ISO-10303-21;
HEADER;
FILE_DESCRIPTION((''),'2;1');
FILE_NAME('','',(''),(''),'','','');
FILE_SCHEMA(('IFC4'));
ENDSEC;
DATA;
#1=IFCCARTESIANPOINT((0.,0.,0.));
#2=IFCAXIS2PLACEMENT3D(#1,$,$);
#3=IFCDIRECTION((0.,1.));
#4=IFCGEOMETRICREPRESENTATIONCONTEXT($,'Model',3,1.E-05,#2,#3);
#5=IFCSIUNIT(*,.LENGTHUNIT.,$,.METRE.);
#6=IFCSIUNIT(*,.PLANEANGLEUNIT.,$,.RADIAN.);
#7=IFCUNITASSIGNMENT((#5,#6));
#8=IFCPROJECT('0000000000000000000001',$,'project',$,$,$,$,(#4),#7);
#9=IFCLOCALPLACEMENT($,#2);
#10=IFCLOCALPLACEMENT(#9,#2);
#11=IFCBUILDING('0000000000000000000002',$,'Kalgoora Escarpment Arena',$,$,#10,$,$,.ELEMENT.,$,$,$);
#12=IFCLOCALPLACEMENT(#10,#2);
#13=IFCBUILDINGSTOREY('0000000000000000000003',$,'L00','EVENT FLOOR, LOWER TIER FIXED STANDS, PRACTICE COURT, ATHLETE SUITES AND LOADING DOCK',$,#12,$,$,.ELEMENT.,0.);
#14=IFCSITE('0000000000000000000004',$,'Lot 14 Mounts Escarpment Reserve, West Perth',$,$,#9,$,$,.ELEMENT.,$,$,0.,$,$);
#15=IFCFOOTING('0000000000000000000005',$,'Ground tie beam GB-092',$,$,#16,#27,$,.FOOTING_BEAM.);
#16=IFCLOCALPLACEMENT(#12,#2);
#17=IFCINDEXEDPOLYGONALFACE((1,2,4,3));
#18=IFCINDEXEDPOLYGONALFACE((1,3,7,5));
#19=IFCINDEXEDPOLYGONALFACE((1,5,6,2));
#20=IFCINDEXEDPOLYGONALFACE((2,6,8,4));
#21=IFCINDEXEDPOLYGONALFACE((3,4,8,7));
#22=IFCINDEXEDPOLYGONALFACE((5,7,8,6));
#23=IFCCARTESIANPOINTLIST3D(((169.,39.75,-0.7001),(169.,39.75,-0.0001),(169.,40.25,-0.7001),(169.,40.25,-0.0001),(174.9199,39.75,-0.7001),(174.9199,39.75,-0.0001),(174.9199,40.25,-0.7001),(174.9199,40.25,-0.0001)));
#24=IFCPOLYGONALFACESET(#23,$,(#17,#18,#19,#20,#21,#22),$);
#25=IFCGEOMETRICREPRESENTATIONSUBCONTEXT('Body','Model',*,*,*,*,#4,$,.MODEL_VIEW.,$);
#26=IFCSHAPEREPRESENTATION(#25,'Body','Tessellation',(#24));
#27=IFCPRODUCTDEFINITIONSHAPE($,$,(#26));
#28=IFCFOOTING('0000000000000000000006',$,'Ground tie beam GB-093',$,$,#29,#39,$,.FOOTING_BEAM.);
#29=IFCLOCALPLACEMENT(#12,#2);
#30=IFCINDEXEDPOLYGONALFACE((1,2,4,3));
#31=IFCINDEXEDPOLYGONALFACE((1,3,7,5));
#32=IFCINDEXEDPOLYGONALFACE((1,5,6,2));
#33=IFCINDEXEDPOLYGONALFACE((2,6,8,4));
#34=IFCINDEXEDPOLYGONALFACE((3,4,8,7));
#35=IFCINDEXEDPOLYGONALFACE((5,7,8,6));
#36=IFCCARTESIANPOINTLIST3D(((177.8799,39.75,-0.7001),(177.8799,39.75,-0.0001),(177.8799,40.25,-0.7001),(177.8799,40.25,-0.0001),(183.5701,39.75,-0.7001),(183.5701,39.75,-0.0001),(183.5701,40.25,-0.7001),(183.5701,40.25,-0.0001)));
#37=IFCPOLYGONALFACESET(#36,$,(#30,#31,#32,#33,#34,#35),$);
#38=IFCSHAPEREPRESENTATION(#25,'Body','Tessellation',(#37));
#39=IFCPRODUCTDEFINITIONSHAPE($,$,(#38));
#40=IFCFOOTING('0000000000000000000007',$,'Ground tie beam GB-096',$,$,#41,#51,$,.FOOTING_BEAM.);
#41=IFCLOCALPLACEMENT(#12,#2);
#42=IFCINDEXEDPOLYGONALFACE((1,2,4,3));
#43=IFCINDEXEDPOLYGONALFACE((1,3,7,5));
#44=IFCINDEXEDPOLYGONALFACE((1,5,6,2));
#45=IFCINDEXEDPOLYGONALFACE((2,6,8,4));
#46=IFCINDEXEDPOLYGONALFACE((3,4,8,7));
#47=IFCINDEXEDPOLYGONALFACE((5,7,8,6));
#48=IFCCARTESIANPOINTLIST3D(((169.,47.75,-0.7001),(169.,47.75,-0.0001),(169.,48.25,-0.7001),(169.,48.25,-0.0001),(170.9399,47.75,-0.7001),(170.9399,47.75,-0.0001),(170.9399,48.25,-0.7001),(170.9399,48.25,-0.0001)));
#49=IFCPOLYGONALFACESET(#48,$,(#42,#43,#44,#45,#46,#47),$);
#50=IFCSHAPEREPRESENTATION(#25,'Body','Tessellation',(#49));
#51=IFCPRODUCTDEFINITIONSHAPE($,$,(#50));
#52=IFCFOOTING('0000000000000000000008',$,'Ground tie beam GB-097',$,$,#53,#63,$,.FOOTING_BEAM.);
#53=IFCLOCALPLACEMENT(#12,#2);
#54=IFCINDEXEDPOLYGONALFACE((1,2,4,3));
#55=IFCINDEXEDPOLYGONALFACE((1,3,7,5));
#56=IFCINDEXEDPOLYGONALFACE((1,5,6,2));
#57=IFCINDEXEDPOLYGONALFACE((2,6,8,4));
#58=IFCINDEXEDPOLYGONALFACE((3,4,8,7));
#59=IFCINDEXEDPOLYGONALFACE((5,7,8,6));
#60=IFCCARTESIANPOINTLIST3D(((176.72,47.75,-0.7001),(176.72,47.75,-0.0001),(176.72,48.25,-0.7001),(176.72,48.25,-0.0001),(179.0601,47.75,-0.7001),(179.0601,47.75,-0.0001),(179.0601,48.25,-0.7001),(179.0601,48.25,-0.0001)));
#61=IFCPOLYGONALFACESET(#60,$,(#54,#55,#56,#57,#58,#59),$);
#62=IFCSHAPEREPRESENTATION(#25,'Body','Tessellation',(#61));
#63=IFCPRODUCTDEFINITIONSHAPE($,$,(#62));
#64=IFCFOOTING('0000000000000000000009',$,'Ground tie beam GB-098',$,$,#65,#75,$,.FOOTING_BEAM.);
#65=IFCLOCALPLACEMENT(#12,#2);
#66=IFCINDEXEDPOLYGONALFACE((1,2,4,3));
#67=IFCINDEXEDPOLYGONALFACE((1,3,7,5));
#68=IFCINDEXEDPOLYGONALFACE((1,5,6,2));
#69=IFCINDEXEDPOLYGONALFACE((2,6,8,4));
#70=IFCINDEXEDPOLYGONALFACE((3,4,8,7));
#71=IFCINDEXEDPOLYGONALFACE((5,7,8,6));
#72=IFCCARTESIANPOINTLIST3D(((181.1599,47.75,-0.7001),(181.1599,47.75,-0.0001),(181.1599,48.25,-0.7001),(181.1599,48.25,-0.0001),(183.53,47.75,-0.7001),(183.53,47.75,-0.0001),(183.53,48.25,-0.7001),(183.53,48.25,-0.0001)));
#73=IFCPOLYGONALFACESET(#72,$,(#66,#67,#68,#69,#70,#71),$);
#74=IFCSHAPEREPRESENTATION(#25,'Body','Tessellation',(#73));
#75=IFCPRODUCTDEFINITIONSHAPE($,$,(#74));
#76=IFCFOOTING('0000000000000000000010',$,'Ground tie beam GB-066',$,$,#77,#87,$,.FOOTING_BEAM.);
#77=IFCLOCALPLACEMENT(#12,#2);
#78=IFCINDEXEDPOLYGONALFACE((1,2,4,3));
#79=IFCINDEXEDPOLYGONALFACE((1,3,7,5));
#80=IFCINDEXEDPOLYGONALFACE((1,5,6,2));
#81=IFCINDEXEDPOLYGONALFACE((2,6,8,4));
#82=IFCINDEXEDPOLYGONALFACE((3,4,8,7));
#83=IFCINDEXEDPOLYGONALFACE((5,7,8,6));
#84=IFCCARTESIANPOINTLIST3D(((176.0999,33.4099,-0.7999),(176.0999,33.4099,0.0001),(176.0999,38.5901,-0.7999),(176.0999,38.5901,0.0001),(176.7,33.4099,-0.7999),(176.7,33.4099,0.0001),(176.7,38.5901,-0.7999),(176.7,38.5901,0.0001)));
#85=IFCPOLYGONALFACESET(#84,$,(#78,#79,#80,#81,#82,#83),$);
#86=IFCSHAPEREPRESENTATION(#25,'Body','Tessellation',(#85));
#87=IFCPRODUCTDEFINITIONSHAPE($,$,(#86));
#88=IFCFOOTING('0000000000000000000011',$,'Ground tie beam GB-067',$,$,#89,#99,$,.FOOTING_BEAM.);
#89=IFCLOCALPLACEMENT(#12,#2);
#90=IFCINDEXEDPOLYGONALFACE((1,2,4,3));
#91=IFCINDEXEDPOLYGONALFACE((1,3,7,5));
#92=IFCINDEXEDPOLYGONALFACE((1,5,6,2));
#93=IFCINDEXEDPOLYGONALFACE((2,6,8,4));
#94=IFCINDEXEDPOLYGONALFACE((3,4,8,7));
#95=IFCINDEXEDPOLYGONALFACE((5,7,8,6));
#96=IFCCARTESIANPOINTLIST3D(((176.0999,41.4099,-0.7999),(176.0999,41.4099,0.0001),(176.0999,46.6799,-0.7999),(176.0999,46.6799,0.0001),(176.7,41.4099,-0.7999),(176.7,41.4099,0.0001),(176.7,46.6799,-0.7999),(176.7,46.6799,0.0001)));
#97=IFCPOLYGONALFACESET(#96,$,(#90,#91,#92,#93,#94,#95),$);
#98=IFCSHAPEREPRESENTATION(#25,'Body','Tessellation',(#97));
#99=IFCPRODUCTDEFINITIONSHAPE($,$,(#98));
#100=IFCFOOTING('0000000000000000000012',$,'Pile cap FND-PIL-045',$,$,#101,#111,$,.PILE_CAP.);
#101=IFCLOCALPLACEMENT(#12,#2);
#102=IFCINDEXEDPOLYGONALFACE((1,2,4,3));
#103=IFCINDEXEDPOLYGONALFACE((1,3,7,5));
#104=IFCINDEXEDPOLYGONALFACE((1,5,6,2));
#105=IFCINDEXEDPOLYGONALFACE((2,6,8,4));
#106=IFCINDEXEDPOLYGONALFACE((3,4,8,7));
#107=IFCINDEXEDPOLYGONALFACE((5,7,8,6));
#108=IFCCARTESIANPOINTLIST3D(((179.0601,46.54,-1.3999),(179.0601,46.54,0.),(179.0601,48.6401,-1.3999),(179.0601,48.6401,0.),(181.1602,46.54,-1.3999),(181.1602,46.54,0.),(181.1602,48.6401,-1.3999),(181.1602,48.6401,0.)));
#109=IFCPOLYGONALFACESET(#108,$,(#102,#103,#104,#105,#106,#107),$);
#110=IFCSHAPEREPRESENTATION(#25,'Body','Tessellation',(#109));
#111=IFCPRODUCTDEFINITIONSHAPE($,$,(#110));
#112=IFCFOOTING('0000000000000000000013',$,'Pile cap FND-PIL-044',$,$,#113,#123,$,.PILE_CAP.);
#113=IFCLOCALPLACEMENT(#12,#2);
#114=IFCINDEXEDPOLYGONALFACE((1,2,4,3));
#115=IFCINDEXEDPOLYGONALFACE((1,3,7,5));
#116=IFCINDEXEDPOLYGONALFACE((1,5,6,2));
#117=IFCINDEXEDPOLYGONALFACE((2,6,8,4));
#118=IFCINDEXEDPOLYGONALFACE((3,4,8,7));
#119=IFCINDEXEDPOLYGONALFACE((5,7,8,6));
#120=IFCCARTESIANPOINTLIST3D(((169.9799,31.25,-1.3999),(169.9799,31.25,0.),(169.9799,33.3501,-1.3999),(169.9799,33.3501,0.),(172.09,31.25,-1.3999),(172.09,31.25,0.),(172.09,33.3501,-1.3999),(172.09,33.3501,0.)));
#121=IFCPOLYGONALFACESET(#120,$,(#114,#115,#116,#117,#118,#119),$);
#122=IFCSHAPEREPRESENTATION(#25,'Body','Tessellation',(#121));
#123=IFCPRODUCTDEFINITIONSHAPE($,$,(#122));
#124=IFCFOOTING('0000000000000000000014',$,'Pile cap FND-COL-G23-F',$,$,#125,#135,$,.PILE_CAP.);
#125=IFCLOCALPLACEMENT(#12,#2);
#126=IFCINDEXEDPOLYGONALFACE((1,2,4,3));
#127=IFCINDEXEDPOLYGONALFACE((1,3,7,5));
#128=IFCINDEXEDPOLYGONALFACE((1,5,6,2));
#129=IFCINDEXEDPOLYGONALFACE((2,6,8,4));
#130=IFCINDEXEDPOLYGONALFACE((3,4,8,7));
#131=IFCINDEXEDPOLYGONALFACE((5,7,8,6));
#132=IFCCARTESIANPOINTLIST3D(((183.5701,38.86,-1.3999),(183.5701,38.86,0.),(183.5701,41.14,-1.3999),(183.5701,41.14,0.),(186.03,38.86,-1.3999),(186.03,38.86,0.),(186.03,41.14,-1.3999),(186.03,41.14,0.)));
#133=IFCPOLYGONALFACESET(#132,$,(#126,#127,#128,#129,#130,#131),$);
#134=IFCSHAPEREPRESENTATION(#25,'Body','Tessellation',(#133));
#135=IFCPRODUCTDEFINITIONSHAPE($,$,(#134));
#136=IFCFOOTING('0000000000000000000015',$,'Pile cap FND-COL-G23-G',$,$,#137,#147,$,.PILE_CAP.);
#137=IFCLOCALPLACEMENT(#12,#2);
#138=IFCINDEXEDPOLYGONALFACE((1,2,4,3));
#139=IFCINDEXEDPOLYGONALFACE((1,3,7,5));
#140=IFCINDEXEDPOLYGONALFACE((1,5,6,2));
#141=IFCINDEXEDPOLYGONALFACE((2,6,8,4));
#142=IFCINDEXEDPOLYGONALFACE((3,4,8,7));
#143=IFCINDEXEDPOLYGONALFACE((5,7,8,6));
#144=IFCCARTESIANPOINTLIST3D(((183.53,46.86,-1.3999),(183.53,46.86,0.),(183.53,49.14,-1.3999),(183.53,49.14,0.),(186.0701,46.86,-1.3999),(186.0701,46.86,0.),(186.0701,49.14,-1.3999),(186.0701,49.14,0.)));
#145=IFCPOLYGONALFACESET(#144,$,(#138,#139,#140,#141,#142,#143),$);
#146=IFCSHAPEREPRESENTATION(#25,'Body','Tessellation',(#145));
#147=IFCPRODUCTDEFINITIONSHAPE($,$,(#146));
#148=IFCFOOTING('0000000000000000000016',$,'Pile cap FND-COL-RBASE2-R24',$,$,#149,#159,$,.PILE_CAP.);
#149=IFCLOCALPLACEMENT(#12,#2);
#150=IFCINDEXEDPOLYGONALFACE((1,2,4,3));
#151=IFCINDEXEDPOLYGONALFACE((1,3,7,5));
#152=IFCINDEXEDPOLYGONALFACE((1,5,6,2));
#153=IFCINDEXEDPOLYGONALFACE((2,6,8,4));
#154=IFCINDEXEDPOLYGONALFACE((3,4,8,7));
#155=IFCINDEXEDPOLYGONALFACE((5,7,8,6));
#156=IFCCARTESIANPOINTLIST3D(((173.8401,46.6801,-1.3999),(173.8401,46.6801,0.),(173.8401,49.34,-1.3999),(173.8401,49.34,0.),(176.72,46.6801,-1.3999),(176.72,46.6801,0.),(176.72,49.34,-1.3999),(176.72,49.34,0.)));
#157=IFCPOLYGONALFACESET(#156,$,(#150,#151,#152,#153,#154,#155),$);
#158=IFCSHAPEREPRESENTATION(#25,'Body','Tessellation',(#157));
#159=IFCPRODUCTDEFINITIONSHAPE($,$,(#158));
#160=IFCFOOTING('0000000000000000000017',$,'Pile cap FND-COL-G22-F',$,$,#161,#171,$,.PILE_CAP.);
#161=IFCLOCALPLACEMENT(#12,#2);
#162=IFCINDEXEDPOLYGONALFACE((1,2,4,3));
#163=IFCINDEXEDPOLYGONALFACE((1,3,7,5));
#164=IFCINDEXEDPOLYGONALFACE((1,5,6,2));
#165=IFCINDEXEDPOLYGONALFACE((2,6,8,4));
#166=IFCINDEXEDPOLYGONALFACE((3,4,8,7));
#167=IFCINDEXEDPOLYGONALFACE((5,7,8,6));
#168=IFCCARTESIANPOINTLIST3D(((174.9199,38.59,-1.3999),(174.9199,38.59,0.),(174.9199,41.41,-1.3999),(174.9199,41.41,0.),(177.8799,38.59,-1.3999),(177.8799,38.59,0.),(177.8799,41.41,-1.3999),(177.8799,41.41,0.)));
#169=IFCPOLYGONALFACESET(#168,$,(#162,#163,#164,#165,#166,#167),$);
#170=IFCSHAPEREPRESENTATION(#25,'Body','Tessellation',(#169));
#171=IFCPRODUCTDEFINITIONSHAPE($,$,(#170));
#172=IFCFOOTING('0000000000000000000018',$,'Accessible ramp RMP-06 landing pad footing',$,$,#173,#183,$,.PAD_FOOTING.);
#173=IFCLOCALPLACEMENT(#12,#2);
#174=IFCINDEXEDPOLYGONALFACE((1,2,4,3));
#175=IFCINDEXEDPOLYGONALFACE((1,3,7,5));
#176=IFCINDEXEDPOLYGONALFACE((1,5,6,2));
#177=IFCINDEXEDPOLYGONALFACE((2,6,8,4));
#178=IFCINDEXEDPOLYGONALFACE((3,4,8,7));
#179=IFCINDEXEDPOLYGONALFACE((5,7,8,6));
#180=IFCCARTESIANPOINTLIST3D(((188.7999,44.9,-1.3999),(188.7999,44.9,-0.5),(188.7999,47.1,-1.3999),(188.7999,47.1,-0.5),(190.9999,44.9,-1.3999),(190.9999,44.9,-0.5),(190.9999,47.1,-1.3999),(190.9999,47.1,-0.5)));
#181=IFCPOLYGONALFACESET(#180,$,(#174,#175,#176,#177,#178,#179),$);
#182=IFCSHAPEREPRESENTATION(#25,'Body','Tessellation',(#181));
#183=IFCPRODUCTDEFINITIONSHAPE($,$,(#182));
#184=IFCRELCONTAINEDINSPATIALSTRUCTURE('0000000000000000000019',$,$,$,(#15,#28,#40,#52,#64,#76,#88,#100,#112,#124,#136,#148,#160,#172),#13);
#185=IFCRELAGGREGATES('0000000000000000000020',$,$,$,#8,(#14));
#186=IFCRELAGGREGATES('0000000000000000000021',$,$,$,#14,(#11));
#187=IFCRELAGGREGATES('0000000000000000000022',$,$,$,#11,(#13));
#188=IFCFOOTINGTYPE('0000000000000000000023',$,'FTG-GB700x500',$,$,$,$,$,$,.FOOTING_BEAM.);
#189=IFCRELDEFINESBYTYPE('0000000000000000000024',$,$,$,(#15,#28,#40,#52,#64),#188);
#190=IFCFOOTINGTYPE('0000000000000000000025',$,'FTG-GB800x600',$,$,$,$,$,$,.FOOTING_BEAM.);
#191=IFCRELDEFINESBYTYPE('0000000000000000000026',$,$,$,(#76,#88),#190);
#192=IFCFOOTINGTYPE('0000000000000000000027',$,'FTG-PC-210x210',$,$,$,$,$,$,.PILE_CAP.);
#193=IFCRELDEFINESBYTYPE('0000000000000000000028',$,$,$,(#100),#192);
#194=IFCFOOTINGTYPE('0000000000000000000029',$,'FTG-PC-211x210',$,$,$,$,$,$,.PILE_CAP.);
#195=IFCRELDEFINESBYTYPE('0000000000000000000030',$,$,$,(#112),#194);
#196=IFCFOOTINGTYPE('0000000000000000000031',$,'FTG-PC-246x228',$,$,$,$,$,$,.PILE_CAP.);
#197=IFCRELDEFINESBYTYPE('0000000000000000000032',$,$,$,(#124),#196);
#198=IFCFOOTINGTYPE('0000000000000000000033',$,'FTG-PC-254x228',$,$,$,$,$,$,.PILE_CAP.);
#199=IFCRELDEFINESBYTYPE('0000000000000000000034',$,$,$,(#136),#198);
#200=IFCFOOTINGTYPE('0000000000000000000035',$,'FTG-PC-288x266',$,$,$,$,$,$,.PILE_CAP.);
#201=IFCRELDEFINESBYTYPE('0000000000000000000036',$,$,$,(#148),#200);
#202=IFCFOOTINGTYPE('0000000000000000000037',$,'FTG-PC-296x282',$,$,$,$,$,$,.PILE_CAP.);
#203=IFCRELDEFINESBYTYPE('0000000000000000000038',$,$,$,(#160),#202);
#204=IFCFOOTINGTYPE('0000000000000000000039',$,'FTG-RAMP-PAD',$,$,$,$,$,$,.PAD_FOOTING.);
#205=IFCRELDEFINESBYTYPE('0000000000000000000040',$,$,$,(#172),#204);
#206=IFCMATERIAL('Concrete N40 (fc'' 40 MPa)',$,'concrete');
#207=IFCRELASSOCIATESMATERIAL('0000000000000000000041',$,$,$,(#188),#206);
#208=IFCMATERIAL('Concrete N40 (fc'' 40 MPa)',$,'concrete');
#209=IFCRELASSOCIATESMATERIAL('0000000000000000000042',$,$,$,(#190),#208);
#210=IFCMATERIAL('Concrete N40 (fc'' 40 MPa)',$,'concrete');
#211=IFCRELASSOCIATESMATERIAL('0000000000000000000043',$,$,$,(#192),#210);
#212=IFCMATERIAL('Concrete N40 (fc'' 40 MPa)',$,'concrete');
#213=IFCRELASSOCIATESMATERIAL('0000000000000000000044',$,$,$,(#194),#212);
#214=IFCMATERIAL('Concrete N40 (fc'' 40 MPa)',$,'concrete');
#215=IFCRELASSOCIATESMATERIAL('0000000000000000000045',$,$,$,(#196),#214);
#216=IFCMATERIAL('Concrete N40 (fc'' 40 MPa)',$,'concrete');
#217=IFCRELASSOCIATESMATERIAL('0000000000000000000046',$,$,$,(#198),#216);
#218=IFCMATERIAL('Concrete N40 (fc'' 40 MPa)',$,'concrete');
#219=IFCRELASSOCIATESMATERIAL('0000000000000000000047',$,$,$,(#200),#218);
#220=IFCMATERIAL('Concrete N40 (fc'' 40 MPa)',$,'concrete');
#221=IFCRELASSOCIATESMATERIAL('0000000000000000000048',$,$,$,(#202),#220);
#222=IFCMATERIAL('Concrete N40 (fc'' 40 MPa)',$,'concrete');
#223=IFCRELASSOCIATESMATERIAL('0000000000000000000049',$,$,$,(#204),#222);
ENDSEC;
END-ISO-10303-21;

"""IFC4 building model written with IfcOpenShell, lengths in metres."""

from ifc_helpers import new_model, si_unit, direction, frame, origin, origin_2d, place, context, subcontext, project, spatial, rectangle, extrude, material, material_profile, profile_set, type_object, element, save


model = new_model("IFC4")

# Units and contexts
model_context = context("Model", 3, precision=1e-05, world=origin(), true_north=direction((0.0, 1.0)))
body_context = subcontext(model_context, "Body", "Model", "MODEL_VIEW")
ifc_project = project(units=[si_unit("LENGTHUNIT", "METRE"), si_unit("PLANEANGLEUNIT", "RADIAN")], contexts=[model_context])

# Site, building, storey
site_placement = place(None, origin())
site = spatial("IfcSite", under=ifc_project, at=site_placement, Name="Lot 14 Mounts Escarpment Reserve, West Perth", CompositionType="ELEMENT", RefElevation=0.0)
building_placement = place(site_placement, origin())
building = spatial("IfcBuilding", under=site, at=building_placement, Name="Kalgoora Escarpment Arena", CompositionType="ELEMENT")
storey_placement = place(building_placement, origin())
storey = spatial("IfcBuildingStorey", under=building, at=storey_placement, Name="L00", Description="EVENT FLOOR, LOWER TIER FIXED STANDS, PRACTICE COURT, ATHLETE SUITES AND LOADING DOCK", CompositionType="ELEMENT", Elevation=0.0)

# Footings
ifc_material_1 = material(Name="Concrete N40 (fc' 40 MPa)", Category="concrete")
ifc_material_profile_1 = material_profile(ifc_material_1, rectangle(XDim=0.5, YDim=0.7, at=origin_2d()))
ifc_profile_set_1 = profile_set([ifc_material_profile_1], Name="Concrete N40 (fc' 40 MPa)")
footing_type_1 = type_object("IfcFootingType", Name="FTG-GB700x500", PredefinedType="FOOTING_BEAM", material=ifc_profile_set_1)
footing_1_placement = place(storey_placement, frame((169.0, 40.0, -0.3501), z_axis=(1.0, 0.0, 0.0), x_axis=(0.0, 1.0, 0.0)))
element("IfcFooting", 1, at=footing_1_placement, inside=storey, type_object=footing_type_1, Name="Ground tie beam GB-092", PredefinedType="FOOTING_BEAM", context=body_context, shape_type="SweptSolid", body=[
    extrude(rectangle(XDim=0.5, YDim=0.7, at=origin_2d()), origin(), (0.0, 0.0, 1.0), 5.9199),
])
footing_2_placement = place(storey_placement, frame((177.8799, 40.0, -0.3501), z_axis=(1.0, 0.0, 0.0), x_axis=(0.0, 1.0, 0.0)))
element("IfcFooting", 2, at=footing_2_placement, inside=storey, type_object=footing_type_1, Name="Ground tie beam GB-093", PredefinedType="FOOTING_BEAM", context=body_context, shape_type="SweptSolid", body=[
    extrude(rectangle(XDim=0.5, YDim=0.7, at=origin_2d()), origin(), (0.0, 0.0, 1.0), 5.6902),
])
footing_3_placement = place(storey_placement, frame((169.0, 48.0, -0.3501), z_axis=(1.0, 0.0, 0.0), x_axis=(0.0, 1.0, 0.0)))
element("IfcFooting", 3, at=footing_3_placement, inside=storey, type_object=footing_type_1, Name="Ground tie beam GB-096", PredefinedType="FOOTING_BEAM", context=body_context, shape_type="SweptSolid", body=[
    extrude(rectangle(XDim=0.5, YDim=0.7, at=origin_2d()), origin(), (0.0, 0.0, 1.0), 1.9399),
])
footing_4_placement = place(storey_placement, frame((176.72, 48.0, -0.3501), z_axis=(1.0, 0.0, 0.0), x_axis=(0.0, 1.0, 0.0)))
element("IfcFooting", 4, at=footing_4_placement, inside=storey, type_object=footing_type_1, Name="Ground tie beam GB-097", PredefinedType="FOOTING_BEAM", context=body_context, shape_type="SweptSolid", body=[
    extrude(rectangle(XDim=0.5, YDim=0.7, at=origin_2d()), origin(), (0.0, 0.0, 1.0), 2.3401),
])
footing_5_placement = place(storey_placement, frame((181.1599, 48.0, -0.3501), z_axis=(1.0, 0.0, 0.0), x_axis=(0.0, 1.0, 0.0)))
element("IfcFooting", 5, at=footing_5_placement, inside=storey, type_object=footing_type_1, Name="Ground tie beam GB-098", PredefinedType="FOOTING_BEAM", context=body_context, shape_type="SweptSolid", body=[
    extrude(rectangle(XDim=0.5, YDim=0.7, at=origin_2d()), origin(), (0.0, 0.0, 1.0), 2.3701),
])
ifc_material_2 = material(Name="Concrete N40 (fc' 40 MPa)", Category="concrete")
ifc_material_profile_2 = material_profile(ifc_material_2, rectangle(XDim=0.6001, YDim=0.8, at=origin_2d()))
ifc_profile_set_2 = profile_set([ifc_material_profile_2], Name="Concrete N40 (fc' 40 MPa)")
footing_type_2 = type_object("IfcFootingType", Name="FTG-GB800x600", PredefinedType="FOOTING_BEAM", material=ifc_profile_set_2)
footing_6_placement = place(storey_placement, frame((176.3999, 33.4099, -0.3999), z_axis=(0.0, 1.0, 0.0), x_axis=(-1.0, 0.0, 0.0)))
element("IfcFooting", 6, at=footing_6_placement, inside=storey, type_object=footing_type_2, Name="Ground tie beam GB-066", PredefinedType="FOOTING_BEAM", context=body_context, shape_type="SweptSolid", body=[
    extrude(rectangle(XDim=0.6001, YDim=0.8, at=origin_2d()), origin(), (0.0, 0.0, 1.0), 5.1802),
])
footing_7_placement = place(storey_placement, frame((176.3999, 41.4099, -0.3999), z_axis=(0.0, 1.0, 0.0), x_axis=(-1.0, 0.0, 0.0)))
element("IfcFooting", 7, at=footing_7_placement, inside=storey, type_object=footing_type_2, Name="Ground tie beam GB-067", PredefinedType="FOOTING_BEAM", context=body_context, shape_type="SweptSolid", body=[
    extrude(rectangle(XDim=0.6001, YDim=0.8, at=origin_2d()), origin(), (0.0, 0.0, 1.0), 5.27),
])
ifc_material_3 = material(Name="Concrete N40 (fc' 40 MPa)", Category="concrete")
footing_type_3 = type_object("IfcFootingType", Name="FTG-PC-210x210", PredefinedType="PILE_CAP", material=ifc_material_3)
footing_8_placement = place(storey_placement, frame((180.1101, 47.5901, -1.3999), z_axis=(0.0, 0.0, 1.0), x_axis=(1.0, 0.0, 0.0)))
element("IfcFooting", 8, at=footing_8_placement, inside=storey, type_object=footing_type_3, Name="Pile cap FND-PIL-045", PredefinedType="PILE_CAP", context=body_context, shape_type="SweptSolid", body=[
    extrude(rectangle(XDim=2.1001, YDim=2.1001, at=origin_2d()), origin(), (0.0, 0.0, 1.0), 1.3999),
])
ifc_material_4 = material(Name="Concrete N40 (fc' 40 MPa)", Category="concrete")
footing_type_4 = type_object("IfcFootingType", Name="FTG-PC-211x210", PredefinedType="PILE_CAP", material=ifc_material_4)
footing_9_placement = place(storey_placement, frame((171.0349, 32.3, -1.3999), z_axis=(0.0, 0.0, 1.0), x_axis=(1.0, 0.0, 0.0)))
element("IfcFooting", 9, at=footing_9_placement, inside=storey, type_object=footing_type_4, Name="Pile cap FND-PIL-044", PredefinedType="PILE_CAP", context=body_context, shape_type="SweptSolid", body=[
    extrude(rectangle(XDim=2.1101, YDim=2.1001, at=origin_2d()), origin(), (0.0, 0.0, 1.0), 1.3999),
])
ifc_material_5 = material(Name="Concrete N40 (fc' 40 MPa)", Category="concrete")
footing_type_5 = type_object("IfcFootingType", Name="FTG-PC-246x228", PredefinedType="PILE_CAP", material=ifc_material_5)
footing_10_placement = place(storey_placement, frame((184.8, 40.0, -1.3999), z_axis=(0.0, 0.0, 1.0), x_axis=(1.0, 0.0, 0.0)))
element("IfcFooting", 10, at=footing_10_placement, inside=storey, type_object=footing_type_5, Name="Pile cap FND-COL-G23-F", PredefinedType="PILE_CAP", context=body_context, shape_type="SweptSolid", body=[
    extrude(rectangle(XDim=2.46, YDim=2.28, at=origin_2d()), origin(), (0.0, 0.0, 1.0), 1.3999),
])
ifc_material_6 = material(Name="Concrete N40 (fc' 40 MPa)", Category="concrete")
footing_type_6 = type_object("IfcFootingType", Name="FTG-PC-254x228", PredefinedType="PILE_CAP", material=ifc_material_6)
footing_11_placement = place(storey_placement, frame((184.8, 48.0, -1.3999), z_axis=(0.0, 0.0, 1.0), x_axis=(1.0, 0.0, 0.0)))
element("IfcFooting", 11, at=footing_11_placement, inside=storey, type_object=footing_type_6, Name="Pile cap FND-COL-G23-G", PredefinedType="PILE_CAP", context=body_context, shape_type="SweptSolid", body=[
    extrude(rectangle(XDim=2.54, YDim=2.28, at=origin_2d()), origin(), (0.0, 0.0, 1.0), 1.3999),
])
ifc_material_7 = material(Name="Concrete N40 (fc' 40 MPa)", Category="concrete")
footing_type_7 = type_object("IfcFootingType", Name="FTG-PC-288x266", PredefinedType="PILE_CAP", material=ifc_material_7)
footing_12_placement = place(storey_placement, frame((175.28, 48.01, -1.3999), z_axis=(0.0, 0.0, 1.0), x_axis=(1.0, 0.0, 0.0)))
element("IfcFooting", 12, at=footing_12_placement, inside=storey, type_object=footing_type_7, Name="Pile cap FND-COL-RBASE2-R24", PredefinedType="PILE_CAP", context=body_context, shape_type="SweptSolid", body=[
    extrude(rectangle(XDim=2.8799, YDim=2.6599, at=origin_2d()), origin(), (0.0, 0.0, 1.0), 1.3999),
])
ifc_material_8 = material(Name="Concrete N40 (fc' 40 MPa)", Category="concrete")
footing_type_8 = type_object("IfcFootingType", Name="FTG-PC-296x282", PredefinedType="PILE_CAP", material=ifc_material_8)
footing_13_placement = place(storey_placement, frame((176.3999, 40.0, -1.3999), z_axis=(0.0, 0.0, 1.0), x_axis=(1.0, 0.0, 0.0)))
element("IfcFooting", 13, at=footing_13_placement, inside=storey, type_object=footing_type_8, Name="Pile cap FND-COL-G22-F", PredefinedType="PILE_CAP", context=body_context, shape_type="SweptSolid", body=[
    extrude(rectangle(XDim=2.96, YDim=2.8201, at=origin_2d()), origin(), (0.0, 0.0, 1.0), 1.3999),
])
ifc_material_9 = material(Name="Concrete N40 (fc' 40 MPa)", Category="concrete")
footing_type_9 = type_object("IfcFootingType", Name="FTG-RAMP-PAD", PredefinedType="PAD_FOOTING", material=ifc_material_9)
footing_14_placement = place(storey_placement, frame((189.8999, 46.0, -1.3999), z_axis=(0.0, 0.0, 1.0), x_axis=(1.0, 0.0, 0.0)))
element("IfcFooting", 14, at=footing_14_placement, inside=storey, type_object=footing_type_9, Name="Accessible ramp RMP-06 landing pad footing", PredefinedType="PAD_FOOTING", context=body_context, shape_type="SweptSolid", body=[
    extrude(rectangle(XDim=2.2, YDim=2.2, at=origin_2d()), origin(), (0.0, 0.0, 1.0), 0.8999),
])

save(model, "model.ifc")
